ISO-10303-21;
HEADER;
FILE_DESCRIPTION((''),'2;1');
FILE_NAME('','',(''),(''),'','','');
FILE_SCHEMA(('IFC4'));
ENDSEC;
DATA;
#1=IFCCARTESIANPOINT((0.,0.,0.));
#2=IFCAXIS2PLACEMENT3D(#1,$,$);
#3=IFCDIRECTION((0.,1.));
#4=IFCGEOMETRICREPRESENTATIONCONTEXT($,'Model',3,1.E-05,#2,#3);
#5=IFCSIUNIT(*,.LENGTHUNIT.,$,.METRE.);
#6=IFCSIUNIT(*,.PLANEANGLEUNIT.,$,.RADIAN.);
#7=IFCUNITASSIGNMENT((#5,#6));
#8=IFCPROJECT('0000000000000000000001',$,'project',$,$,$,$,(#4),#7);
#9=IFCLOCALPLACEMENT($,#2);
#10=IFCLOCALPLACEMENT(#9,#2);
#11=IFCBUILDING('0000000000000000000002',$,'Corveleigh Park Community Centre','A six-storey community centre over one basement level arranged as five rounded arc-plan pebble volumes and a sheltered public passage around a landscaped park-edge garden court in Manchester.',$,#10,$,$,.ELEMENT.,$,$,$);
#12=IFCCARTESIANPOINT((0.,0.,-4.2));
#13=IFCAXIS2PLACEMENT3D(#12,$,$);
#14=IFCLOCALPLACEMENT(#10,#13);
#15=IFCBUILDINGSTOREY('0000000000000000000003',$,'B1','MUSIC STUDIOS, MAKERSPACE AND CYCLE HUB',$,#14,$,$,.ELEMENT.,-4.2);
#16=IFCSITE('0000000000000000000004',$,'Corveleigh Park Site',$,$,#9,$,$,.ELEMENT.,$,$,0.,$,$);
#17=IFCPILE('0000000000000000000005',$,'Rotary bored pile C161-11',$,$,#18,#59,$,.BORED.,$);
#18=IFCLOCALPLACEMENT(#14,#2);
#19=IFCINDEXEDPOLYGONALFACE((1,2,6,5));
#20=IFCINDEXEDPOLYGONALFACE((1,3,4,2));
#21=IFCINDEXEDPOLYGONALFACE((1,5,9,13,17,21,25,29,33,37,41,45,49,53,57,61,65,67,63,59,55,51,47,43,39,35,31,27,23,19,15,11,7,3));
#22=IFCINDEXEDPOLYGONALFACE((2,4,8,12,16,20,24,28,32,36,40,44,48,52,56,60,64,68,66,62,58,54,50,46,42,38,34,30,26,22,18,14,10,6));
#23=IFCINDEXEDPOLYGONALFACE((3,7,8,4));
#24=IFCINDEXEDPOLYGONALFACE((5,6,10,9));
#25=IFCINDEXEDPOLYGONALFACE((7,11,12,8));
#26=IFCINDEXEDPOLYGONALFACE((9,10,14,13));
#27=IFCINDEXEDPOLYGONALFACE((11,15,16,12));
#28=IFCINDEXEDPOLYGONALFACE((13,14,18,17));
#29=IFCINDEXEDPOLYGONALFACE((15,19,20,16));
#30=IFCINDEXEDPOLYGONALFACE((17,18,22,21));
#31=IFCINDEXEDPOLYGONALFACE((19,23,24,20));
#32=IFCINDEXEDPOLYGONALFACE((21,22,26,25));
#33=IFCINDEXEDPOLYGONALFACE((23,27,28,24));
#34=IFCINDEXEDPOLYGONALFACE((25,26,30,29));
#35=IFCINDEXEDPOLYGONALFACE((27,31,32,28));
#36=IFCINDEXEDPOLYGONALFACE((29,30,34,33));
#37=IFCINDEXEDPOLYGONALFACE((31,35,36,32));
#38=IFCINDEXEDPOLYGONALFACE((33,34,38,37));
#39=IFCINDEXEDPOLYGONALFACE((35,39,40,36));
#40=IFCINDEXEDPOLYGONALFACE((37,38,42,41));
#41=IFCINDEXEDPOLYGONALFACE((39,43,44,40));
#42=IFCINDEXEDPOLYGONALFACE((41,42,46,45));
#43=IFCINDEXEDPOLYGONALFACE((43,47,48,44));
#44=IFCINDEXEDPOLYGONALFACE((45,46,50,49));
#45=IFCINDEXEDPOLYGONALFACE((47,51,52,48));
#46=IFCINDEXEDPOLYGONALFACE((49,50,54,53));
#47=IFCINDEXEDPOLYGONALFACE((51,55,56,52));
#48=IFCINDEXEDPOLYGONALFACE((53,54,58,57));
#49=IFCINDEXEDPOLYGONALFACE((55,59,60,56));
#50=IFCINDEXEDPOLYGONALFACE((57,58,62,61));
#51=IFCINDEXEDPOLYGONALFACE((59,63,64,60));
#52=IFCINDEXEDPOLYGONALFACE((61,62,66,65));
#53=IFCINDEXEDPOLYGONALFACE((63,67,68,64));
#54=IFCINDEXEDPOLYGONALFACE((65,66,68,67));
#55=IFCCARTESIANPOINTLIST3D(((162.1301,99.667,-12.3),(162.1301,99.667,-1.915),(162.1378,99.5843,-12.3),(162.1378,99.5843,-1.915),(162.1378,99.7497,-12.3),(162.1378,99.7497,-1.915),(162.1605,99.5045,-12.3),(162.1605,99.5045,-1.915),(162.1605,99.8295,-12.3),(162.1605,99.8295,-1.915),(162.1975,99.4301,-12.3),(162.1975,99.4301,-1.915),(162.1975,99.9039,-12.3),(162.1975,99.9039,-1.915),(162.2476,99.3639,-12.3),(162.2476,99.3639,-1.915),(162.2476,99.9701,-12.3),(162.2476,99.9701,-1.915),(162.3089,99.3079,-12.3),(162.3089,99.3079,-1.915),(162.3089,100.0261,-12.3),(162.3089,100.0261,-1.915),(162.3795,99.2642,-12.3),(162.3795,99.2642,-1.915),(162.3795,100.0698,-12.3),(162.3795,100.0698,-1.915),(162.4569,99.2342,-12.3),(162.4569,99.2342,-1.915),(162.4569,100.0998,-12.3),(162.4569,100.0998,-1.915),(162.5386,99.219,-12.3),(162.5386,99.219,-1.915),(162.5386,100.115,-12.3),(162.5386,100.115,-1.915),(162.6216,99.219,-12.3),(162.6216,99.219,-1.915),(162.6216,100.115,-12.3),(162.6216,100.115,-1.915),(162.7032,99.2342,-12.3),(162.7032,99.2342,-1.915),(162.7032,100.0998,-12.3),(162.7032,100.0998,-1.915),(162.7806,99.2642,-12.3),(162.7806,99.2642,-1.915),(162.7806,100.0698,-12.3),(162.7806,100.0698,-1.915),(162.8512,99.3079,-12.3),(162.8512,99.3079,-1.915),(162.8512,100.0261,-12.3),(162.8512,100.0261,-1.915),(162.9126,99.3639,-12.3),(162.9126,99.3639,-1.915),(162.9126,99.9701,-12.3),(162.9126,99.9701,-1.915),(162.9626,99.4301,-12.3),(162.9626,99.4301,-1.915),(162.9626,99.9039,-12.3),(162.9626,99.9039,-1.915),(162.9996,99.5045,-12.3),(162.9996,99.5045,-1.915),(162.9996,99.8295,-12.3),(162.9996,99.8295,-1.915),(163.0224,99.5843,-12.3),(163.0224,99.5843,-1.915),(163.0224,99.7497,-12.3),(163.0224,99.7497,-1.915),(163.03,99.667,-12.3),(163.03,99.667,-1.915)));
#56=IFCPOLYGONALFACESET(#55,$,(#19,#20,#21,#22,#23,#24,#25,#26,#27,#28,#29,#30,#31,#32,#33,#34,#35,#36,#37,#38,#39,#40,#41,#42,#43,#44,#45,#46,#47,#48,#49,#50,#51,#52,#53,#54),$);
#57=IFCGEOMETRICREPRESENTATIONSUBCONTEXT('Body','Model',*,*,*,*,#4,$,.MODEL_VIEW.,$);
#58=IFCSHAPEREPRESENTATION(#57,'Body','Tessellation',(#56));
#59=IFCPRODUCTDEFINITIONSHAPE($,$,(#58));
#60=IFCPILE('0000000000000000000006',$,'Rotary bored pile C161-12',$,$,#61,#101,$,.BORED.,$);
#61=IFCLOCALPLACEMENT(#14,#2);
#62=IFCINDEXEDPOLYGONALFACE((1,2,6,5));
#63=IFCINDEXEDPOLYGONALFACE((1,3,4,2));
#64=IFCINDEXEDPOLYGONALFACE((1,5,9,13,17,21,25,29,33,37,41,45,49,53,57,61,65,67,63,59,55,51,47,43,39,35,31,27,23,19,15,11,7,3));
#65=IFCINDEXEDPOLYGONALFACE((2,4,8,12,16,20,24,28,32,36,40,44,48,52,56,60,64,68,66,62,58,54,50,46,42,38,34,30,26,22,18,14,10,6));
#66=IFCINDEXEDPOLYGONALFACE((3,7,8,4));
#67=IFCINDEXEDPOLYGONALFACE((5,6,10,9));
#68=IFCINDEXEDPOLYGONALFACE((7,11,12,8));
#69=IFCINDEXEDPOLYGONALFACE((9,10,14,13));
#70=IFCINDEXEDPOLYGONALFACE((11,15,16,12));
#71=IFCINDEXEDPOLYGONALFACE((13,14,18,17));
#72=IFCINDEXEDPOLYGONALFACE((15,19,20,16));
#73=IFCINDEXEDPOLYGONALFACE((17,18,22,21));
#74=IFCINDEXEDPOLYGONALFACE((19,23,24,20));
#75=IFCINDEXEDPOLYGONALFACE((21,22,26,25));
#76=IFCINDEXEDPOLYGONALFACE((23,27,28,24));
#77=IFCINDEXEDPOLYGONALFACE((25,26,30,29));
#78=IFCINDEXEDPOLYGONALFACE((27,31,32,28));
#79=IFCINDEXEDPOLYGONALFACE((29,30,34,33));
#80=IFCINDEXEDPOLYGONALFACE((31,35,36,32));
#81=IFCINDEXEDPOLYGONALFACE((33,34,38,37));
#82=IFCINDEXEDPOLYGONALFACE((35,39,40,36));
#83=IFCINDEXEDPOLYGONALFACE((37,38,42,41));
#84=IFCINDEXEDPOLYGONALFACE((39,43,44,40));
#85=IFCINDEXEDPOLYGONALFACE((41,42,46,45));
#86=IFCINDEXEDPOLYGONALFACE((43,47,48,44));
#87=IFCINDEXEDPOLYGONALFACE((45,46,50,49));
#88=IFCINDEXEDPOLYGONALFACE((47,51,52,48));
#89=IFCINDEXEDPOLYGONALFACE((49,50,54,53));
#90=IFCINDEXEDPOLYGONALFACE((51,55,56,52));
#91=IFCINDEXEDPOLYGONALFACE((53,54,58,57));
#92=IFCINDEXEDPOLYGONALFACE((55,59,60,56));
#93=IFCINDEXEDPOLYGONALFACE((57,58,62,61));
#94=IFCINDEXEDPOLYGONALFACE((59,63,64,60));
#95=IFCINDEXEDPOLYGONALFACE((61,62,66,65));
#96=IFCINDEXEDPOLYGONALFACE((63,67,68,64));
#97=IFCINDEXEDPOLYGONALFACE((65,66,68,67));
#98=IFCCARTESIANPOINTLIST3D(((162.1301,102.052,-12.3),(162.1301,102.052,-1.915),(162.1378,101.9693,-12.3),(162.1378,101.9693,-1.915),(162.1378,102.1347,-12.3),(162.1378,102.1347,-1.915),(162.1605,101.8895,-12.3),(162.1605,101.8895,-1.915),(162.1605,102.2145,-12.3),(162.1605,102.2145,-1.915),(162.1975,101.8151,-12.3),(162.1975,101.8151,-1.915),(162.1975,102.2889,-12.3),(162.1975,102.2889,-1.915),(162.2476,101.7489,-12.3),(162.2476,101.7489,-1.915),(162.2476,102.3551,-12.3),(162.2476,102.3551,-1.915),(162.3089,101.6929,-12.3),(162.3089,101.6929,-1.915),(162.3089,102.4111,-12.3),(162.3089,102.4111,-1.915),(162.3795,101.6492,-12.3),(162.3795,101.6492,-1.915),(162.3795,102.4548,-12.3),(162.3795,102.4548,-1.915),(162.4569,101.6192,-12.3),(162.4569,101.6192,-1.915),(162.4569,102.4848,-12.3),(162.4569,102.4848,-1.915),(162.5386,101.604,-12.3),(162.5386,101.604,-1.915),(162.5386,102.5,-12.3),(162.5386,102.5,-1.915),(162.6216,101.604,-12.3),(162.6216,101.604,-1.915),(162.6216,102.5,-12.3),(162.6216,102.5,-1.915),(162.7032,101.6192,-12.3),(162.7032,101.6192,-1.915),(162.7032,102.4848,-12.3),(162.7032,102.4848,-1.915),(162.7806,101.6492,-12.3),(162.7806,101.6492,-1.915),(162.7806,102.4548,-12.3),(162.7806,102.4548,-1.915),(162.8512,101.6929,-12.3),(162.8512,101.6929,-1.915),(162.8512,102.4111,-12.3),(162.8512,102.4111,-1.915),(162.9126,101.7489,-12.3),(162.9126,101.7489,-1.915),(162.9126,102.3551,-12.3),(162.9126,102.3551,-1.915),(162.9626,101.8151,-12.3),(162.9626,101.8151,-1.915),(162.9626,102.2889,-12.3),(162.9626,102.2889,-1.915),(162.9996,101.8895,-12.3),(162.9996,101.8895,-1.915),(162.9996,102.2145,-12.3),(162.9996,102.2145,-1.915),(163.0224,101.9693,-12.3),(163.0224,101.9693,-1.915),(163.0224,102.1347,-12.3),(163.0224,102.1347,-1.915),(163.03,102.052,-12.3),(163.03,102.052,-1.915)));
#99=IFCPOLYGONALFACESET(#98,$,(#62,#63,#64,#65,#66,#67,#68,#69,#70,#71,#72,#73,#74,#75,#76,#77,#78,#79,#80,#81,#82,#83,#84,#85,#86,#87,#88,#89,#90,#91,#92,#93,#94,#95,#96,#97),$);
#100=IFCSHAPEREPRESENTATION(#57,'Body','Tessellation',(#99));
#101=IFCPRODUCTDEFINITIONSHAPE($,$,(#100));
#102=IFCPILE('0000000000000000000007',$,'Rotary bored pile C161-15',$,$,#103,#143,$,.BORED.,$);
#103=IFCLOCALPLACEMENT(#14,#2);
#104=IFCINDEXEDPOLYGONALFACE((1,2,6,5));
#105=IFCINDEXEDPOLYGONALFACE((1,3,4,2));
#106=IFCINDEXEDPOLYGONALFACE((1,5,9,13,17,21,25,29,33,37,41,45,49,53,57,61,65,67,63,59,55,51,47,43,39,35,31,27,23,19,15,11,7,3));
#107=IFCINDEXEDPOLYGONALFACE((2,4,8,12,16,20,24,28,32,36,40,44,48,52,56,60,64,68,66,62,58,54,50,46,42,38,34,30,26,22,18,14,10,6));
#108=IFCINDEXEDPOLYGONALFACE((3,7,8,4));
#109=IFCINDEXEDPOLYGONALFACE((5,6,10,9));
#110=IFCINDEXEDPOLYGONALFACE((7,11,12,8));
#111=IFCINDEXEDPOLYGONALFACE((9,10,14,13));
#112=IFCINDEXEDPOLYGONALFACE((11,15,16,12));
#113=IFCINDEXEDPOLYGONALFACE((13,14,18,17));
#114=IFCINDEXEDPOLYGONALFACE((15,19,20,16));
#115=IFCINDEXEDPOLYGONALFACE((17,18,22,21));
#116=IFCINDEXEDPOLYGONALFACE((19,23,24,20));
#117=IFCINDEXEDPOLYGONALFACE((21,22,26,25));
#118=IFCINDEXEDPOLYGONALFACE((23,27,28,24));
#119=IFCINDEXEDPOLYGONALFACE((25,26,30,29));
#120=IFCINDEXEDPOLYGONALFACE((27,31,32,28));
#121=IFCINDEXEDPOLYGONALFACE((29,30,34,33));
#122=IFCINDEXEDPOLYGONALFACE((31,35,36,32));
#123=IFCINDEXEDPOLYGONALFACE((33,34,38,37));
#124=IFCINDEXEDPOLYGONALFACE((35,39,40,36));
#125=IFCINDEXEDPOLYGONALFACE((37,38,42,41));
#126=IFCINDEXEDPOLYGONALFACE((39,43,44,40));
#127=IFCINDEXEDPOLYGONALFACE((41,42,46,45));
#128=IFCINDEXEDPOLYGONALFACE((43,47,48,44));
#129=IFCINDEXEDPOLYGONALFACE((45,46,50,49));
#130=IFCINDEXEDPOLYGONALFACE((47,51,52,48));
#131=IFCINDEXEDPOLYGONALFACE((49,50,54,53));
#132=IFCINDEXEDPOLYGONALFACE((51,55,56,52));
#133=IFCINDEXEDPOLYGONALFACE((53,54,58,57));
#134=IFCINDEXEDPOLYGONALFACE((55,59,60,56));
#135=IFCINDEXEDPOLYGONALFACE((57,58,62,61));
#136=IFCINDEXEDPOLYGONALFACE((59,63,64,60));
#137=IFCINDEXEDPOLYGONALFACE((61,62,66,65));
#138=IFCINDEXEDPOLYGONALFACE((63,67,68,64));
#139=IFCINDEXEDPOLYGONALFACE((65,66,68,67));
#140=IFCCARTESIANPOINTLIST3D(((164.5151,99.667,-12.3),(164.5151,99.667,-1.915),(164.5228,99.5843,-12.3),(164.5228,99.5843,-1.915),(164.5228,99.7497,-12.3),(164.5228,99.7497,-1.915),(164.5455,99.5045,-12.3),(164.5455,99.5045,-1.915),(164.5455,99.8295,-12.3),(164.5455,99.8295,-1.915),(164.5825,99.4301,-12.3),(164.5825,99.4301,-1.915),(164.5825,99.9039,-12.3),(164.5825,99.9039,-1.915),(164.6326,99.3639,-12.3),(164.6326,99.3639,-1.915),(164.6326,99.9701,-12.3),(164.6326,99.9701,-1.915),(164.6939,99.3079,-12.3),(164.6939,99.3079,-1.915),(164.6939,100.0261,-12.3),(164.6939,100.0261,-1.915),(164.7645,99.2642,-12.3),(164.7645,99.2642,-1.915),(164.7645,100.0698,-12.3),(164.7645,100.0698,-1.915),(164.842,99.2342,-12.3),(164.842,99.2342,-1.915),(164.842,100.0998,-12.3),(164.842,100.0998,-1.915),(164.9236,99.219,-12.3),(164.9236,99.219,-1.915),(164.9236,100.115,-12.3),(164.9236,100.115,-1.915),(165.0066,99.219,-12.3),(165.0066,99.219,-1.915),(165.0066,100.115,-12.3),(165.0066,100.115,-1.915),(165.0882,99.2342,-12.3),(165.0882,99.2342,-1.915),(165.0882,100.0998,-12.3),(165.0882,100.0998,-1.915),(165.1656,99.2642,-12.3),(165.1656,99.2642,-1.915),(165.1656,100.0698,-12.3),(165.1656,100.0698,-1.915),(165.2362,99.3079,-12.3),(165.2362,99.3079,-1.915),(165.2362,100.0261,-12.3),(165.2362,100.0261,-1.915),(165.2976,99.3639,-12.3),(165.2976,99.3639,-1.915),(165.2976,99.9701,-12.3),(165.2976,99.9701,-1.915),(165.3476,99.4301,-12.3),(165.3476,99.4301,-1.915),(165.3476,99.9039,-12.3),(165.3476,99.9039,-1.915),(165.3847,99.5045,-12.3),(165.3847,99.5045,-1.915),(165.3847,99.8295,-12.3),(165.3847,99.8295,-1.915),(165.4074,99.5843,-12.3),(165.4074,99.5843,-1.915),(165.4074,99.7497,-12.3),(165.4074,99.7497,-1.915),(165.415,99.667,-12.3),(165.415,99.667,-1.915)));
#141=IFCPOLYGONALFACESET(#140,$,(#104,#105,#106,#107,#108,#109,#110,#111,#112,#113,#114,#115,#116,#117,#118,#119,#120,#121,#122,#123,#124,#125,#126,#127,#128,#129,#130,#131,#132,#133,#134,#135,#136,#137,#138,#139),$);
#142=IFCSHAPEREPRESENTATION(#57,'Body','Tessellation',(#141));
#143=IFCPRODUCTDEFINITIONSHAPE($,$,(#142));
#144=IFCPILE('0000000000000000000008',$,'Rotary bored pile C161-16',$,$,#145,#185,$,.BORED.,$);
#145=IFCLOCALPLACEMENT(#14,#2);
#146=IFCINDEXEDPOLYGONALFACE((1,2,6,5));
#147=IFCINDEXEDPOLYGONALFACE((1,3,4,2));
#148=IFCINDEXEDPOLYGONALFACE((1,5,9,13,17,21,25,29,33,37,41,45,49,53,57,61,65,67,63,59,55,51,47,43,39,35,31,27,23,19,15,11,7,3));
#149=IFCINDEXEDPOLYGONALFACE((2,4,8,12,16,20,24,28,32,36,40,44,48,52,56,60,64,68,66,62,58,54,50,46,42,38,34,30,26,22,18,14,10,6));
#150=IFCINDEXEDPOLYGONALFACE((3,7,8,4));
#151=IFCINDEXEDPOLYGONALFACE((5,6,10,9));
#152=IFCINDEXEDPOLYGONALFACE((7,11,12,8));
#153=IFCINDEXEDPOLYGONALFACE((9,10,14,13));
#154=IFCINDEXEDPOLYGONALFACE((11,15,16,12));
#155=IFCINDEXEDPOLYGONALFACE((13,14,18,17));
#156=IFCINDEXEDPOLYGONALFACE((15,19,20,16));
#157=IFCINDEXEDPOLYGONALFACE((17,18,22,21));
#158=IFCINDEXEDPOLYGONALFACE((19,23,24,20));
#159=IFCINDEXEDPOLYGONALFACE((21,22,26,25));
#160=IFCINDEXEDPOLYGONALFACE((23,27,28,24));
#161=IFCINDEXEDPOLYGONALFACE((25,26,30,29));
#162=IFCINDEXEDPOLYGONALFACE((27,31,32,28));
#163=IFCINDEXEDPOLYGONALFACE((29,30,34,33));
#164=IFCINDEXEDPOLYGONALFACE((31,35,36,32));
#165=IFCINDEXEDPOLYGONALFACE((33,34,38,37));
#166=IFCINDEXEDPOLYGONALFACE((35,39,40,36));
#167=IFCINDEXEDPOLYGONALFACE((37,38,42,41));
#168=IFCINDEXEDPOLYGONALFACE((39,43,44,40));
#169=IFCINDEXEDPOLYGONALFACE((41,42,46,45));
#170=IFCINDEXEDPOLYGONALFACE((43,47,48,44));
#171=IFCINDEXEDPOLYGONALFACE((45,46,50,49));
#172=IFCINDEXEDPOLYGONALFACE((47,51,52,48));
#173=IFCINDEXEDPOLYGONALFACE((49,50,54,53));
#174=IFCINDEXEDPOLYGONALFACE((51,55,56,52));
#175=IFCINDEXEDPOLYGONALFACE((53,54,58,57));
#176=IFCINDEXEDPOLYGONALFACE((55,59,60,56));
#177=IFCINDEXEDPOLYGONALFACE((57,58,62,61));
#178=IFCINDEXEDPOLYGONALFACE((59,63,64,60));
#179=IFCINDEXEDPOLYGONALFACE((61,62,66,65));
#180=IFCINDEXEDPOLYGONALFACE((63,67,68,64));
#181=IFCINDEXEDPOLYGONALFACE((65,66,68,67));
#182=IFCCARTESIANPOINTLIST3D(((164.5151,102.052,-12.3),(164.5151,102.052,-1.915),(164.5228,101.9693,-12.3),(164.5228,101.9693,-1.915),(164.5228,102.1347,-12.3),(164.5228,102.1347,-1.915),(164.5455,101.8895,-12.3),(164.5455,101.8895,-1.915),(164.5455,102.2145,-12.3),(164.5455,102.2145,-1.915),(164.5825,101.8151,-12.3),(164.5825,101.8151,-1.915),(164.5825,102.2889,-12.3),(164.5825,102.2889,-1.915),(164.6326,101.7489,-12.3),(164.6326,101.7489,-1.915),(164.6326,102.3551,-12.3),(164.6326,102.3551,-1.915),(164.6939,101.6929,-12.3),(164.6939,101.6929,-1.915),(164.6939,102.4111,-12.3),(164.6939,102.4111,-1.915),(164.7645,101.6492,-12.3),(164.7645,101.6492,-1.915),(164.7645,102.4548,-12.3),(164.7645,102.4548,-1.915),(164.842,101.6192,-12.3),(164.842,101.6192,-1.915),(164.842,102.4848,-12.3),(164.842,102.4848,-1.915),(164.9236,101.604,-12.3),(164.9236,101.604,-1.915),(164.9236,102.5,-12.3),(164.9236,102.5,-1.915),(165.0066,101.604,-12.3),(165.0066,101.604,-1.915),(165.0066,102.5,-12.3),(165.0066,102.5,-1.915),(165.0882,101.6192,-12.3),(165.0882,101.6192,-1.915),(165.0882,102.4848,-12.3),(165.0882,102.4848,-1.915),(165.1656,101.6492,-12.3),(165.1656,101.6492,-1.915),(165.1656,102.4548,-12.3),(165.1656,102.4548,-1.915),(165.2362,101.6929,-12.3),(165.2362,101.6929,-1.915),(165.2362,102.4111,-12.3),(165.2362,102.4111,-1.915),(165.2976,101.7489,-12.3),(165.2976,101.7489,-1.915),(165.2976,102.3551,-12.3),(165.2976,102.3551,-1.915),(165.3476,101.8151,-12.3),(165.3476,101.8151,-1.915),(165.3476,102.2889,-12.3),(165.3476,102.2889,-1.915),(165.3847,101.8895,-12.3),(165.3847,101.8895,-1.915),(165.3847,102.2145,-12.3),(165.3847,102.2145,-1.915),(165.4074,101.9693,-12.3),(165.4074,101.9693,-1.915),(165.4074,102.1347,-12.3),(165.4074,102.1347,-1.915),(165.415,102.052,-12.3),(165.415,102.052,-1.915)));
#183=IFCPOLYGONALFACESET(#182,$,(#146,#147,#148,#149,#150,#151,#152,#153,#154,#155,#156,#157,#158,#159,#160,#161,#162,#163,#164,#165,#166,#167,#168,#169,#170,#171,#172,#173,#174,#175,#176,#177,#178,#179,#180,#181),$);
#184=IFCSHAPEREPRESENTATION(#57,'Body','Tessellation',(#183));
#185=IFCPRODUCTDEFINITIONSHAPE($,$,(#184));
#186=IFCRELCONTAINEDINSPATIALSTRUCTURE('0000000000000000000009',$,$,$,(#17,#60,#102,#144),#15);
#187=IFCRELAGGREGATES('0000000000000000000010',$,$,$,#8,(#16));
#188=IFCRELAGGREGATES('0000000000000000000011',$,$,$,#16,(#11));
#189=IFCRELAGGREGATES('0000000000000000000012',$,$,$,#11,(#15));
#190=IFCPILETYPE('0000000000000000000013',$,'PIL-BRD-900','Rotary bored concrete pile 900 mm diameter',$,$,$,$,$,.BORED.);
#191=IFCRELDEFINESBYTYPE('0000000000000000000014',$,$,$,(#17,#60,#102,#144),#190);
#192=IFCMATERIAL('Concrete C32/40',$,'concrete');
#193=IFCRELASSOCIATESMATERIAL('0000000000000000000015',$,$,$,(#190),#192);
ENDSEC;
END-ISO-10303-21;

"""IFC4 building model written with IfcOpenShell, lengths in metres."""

from ifc_helpers import new_model, si_unit, direction, frame, origin, origin_2d, place, context, subcontext, project, spatial, circle, extrude, material, material_profile, profile_set, type_object, element, save


model = new_model("IFC4")

# Units and contexts
model_context = context("Model", 3, precision=1e-05, world=origin(), true_north=direction((0.0, 1.0)))
body_context = subcontext(model_context, "Body", "Model", "MODEL_VIEW")
ifc_project = project(units=[si_unit("LENGTHUNIT", "METRE"), si_unit("PLANEANGLEUNIT", "RADIAN")], contexts=[model_context])

# Site, building, storey
site_placement = place(None, origin())
site = spatial("IfcSite", under=ifc_project, at=site_placement, Name="Corveleigh Park Site", CompositionType="ELEMENT", RefElevation=0.0)
building_placement = place(site_placement, origin())
building = spatial("IfcBuilding", under=site, at=building_placement, Name="Corveleigh Park Community Centre", Description="A six-storey community centre over one basement level arranged as five rounded arc-plan pebble volumes and a sheltered public passage around a landscaped park-edge garden court in Manchester.", CompositionType="ELEMENT")
storey_placement = place(building_placement, frame((0.0, 0.0, -4.2)))
storey = spatial("IfcBuildingStorey", under=building, at=storey_placement, Name="B1", Description="MUSIC STUDIOS, MAKERSPACE AND CYCLE HUB", CompositionType="ELEMENT", Elevation=-4.2)

# Piles
ifc_material_1 = material(Name="Concrete C32/40", Category="concrete")
ifc_material_profile_1 = material_profile(ifc_material_1, circle(Radius=0.45, at=origin_2d()), Name="BORED-PILE-900", Category="concrete")
ifc_profile_set_1 = profile_set([ifc_material_profile_1], Name="Concrete C32/40")
pile_type = type_object("IfcPileType", Name="PIL-BRD-900", Description="Rotary bored concrete pile 900 mm diameter", PredefinedType="BORED", material=ifc_profile_set_1)
for number, where, z_axis, x_axis, name in (
    (1, (162.5801, 99.667, -1.915), (0.0, 0.0, -1.0), (1.0, 0.0, 0.0), "Rotary bored pile C161-11"),
    (2, (162.5801, 102.052, -1.915), (0.0, 0.0, -1.0), (1.0, 0.0, 0.0), "Rotary bored pile C161-12"),
    (3, (164.9651, 99.667, -1.915), (0.0, 0.0, -1.0), (1.0, 0.0, 0.0), "Rotary bored pile C161-15"),
    (4, (164.9651, 102.052, -1.915), (0.0, 0.0, -1.0), (1.0, 0.0, 0.0), "Rotary bored pile C161-16"),
):
    element("IfcPile", number, at=place(storey_placement, frame(where, z_axis=z_axis, x_axis=x_axis)), inside=storey, type_object=pile_type, Name=name, PredefinedType="BORED", context=body_context, shape_type="SweptSolid", body=[
        extrude(circle(Radius=0.45, at=origin_2d()), origin(), (0.0, 0.0, 1.0), 10.385),
    ])

save(model, "model.ifc")
